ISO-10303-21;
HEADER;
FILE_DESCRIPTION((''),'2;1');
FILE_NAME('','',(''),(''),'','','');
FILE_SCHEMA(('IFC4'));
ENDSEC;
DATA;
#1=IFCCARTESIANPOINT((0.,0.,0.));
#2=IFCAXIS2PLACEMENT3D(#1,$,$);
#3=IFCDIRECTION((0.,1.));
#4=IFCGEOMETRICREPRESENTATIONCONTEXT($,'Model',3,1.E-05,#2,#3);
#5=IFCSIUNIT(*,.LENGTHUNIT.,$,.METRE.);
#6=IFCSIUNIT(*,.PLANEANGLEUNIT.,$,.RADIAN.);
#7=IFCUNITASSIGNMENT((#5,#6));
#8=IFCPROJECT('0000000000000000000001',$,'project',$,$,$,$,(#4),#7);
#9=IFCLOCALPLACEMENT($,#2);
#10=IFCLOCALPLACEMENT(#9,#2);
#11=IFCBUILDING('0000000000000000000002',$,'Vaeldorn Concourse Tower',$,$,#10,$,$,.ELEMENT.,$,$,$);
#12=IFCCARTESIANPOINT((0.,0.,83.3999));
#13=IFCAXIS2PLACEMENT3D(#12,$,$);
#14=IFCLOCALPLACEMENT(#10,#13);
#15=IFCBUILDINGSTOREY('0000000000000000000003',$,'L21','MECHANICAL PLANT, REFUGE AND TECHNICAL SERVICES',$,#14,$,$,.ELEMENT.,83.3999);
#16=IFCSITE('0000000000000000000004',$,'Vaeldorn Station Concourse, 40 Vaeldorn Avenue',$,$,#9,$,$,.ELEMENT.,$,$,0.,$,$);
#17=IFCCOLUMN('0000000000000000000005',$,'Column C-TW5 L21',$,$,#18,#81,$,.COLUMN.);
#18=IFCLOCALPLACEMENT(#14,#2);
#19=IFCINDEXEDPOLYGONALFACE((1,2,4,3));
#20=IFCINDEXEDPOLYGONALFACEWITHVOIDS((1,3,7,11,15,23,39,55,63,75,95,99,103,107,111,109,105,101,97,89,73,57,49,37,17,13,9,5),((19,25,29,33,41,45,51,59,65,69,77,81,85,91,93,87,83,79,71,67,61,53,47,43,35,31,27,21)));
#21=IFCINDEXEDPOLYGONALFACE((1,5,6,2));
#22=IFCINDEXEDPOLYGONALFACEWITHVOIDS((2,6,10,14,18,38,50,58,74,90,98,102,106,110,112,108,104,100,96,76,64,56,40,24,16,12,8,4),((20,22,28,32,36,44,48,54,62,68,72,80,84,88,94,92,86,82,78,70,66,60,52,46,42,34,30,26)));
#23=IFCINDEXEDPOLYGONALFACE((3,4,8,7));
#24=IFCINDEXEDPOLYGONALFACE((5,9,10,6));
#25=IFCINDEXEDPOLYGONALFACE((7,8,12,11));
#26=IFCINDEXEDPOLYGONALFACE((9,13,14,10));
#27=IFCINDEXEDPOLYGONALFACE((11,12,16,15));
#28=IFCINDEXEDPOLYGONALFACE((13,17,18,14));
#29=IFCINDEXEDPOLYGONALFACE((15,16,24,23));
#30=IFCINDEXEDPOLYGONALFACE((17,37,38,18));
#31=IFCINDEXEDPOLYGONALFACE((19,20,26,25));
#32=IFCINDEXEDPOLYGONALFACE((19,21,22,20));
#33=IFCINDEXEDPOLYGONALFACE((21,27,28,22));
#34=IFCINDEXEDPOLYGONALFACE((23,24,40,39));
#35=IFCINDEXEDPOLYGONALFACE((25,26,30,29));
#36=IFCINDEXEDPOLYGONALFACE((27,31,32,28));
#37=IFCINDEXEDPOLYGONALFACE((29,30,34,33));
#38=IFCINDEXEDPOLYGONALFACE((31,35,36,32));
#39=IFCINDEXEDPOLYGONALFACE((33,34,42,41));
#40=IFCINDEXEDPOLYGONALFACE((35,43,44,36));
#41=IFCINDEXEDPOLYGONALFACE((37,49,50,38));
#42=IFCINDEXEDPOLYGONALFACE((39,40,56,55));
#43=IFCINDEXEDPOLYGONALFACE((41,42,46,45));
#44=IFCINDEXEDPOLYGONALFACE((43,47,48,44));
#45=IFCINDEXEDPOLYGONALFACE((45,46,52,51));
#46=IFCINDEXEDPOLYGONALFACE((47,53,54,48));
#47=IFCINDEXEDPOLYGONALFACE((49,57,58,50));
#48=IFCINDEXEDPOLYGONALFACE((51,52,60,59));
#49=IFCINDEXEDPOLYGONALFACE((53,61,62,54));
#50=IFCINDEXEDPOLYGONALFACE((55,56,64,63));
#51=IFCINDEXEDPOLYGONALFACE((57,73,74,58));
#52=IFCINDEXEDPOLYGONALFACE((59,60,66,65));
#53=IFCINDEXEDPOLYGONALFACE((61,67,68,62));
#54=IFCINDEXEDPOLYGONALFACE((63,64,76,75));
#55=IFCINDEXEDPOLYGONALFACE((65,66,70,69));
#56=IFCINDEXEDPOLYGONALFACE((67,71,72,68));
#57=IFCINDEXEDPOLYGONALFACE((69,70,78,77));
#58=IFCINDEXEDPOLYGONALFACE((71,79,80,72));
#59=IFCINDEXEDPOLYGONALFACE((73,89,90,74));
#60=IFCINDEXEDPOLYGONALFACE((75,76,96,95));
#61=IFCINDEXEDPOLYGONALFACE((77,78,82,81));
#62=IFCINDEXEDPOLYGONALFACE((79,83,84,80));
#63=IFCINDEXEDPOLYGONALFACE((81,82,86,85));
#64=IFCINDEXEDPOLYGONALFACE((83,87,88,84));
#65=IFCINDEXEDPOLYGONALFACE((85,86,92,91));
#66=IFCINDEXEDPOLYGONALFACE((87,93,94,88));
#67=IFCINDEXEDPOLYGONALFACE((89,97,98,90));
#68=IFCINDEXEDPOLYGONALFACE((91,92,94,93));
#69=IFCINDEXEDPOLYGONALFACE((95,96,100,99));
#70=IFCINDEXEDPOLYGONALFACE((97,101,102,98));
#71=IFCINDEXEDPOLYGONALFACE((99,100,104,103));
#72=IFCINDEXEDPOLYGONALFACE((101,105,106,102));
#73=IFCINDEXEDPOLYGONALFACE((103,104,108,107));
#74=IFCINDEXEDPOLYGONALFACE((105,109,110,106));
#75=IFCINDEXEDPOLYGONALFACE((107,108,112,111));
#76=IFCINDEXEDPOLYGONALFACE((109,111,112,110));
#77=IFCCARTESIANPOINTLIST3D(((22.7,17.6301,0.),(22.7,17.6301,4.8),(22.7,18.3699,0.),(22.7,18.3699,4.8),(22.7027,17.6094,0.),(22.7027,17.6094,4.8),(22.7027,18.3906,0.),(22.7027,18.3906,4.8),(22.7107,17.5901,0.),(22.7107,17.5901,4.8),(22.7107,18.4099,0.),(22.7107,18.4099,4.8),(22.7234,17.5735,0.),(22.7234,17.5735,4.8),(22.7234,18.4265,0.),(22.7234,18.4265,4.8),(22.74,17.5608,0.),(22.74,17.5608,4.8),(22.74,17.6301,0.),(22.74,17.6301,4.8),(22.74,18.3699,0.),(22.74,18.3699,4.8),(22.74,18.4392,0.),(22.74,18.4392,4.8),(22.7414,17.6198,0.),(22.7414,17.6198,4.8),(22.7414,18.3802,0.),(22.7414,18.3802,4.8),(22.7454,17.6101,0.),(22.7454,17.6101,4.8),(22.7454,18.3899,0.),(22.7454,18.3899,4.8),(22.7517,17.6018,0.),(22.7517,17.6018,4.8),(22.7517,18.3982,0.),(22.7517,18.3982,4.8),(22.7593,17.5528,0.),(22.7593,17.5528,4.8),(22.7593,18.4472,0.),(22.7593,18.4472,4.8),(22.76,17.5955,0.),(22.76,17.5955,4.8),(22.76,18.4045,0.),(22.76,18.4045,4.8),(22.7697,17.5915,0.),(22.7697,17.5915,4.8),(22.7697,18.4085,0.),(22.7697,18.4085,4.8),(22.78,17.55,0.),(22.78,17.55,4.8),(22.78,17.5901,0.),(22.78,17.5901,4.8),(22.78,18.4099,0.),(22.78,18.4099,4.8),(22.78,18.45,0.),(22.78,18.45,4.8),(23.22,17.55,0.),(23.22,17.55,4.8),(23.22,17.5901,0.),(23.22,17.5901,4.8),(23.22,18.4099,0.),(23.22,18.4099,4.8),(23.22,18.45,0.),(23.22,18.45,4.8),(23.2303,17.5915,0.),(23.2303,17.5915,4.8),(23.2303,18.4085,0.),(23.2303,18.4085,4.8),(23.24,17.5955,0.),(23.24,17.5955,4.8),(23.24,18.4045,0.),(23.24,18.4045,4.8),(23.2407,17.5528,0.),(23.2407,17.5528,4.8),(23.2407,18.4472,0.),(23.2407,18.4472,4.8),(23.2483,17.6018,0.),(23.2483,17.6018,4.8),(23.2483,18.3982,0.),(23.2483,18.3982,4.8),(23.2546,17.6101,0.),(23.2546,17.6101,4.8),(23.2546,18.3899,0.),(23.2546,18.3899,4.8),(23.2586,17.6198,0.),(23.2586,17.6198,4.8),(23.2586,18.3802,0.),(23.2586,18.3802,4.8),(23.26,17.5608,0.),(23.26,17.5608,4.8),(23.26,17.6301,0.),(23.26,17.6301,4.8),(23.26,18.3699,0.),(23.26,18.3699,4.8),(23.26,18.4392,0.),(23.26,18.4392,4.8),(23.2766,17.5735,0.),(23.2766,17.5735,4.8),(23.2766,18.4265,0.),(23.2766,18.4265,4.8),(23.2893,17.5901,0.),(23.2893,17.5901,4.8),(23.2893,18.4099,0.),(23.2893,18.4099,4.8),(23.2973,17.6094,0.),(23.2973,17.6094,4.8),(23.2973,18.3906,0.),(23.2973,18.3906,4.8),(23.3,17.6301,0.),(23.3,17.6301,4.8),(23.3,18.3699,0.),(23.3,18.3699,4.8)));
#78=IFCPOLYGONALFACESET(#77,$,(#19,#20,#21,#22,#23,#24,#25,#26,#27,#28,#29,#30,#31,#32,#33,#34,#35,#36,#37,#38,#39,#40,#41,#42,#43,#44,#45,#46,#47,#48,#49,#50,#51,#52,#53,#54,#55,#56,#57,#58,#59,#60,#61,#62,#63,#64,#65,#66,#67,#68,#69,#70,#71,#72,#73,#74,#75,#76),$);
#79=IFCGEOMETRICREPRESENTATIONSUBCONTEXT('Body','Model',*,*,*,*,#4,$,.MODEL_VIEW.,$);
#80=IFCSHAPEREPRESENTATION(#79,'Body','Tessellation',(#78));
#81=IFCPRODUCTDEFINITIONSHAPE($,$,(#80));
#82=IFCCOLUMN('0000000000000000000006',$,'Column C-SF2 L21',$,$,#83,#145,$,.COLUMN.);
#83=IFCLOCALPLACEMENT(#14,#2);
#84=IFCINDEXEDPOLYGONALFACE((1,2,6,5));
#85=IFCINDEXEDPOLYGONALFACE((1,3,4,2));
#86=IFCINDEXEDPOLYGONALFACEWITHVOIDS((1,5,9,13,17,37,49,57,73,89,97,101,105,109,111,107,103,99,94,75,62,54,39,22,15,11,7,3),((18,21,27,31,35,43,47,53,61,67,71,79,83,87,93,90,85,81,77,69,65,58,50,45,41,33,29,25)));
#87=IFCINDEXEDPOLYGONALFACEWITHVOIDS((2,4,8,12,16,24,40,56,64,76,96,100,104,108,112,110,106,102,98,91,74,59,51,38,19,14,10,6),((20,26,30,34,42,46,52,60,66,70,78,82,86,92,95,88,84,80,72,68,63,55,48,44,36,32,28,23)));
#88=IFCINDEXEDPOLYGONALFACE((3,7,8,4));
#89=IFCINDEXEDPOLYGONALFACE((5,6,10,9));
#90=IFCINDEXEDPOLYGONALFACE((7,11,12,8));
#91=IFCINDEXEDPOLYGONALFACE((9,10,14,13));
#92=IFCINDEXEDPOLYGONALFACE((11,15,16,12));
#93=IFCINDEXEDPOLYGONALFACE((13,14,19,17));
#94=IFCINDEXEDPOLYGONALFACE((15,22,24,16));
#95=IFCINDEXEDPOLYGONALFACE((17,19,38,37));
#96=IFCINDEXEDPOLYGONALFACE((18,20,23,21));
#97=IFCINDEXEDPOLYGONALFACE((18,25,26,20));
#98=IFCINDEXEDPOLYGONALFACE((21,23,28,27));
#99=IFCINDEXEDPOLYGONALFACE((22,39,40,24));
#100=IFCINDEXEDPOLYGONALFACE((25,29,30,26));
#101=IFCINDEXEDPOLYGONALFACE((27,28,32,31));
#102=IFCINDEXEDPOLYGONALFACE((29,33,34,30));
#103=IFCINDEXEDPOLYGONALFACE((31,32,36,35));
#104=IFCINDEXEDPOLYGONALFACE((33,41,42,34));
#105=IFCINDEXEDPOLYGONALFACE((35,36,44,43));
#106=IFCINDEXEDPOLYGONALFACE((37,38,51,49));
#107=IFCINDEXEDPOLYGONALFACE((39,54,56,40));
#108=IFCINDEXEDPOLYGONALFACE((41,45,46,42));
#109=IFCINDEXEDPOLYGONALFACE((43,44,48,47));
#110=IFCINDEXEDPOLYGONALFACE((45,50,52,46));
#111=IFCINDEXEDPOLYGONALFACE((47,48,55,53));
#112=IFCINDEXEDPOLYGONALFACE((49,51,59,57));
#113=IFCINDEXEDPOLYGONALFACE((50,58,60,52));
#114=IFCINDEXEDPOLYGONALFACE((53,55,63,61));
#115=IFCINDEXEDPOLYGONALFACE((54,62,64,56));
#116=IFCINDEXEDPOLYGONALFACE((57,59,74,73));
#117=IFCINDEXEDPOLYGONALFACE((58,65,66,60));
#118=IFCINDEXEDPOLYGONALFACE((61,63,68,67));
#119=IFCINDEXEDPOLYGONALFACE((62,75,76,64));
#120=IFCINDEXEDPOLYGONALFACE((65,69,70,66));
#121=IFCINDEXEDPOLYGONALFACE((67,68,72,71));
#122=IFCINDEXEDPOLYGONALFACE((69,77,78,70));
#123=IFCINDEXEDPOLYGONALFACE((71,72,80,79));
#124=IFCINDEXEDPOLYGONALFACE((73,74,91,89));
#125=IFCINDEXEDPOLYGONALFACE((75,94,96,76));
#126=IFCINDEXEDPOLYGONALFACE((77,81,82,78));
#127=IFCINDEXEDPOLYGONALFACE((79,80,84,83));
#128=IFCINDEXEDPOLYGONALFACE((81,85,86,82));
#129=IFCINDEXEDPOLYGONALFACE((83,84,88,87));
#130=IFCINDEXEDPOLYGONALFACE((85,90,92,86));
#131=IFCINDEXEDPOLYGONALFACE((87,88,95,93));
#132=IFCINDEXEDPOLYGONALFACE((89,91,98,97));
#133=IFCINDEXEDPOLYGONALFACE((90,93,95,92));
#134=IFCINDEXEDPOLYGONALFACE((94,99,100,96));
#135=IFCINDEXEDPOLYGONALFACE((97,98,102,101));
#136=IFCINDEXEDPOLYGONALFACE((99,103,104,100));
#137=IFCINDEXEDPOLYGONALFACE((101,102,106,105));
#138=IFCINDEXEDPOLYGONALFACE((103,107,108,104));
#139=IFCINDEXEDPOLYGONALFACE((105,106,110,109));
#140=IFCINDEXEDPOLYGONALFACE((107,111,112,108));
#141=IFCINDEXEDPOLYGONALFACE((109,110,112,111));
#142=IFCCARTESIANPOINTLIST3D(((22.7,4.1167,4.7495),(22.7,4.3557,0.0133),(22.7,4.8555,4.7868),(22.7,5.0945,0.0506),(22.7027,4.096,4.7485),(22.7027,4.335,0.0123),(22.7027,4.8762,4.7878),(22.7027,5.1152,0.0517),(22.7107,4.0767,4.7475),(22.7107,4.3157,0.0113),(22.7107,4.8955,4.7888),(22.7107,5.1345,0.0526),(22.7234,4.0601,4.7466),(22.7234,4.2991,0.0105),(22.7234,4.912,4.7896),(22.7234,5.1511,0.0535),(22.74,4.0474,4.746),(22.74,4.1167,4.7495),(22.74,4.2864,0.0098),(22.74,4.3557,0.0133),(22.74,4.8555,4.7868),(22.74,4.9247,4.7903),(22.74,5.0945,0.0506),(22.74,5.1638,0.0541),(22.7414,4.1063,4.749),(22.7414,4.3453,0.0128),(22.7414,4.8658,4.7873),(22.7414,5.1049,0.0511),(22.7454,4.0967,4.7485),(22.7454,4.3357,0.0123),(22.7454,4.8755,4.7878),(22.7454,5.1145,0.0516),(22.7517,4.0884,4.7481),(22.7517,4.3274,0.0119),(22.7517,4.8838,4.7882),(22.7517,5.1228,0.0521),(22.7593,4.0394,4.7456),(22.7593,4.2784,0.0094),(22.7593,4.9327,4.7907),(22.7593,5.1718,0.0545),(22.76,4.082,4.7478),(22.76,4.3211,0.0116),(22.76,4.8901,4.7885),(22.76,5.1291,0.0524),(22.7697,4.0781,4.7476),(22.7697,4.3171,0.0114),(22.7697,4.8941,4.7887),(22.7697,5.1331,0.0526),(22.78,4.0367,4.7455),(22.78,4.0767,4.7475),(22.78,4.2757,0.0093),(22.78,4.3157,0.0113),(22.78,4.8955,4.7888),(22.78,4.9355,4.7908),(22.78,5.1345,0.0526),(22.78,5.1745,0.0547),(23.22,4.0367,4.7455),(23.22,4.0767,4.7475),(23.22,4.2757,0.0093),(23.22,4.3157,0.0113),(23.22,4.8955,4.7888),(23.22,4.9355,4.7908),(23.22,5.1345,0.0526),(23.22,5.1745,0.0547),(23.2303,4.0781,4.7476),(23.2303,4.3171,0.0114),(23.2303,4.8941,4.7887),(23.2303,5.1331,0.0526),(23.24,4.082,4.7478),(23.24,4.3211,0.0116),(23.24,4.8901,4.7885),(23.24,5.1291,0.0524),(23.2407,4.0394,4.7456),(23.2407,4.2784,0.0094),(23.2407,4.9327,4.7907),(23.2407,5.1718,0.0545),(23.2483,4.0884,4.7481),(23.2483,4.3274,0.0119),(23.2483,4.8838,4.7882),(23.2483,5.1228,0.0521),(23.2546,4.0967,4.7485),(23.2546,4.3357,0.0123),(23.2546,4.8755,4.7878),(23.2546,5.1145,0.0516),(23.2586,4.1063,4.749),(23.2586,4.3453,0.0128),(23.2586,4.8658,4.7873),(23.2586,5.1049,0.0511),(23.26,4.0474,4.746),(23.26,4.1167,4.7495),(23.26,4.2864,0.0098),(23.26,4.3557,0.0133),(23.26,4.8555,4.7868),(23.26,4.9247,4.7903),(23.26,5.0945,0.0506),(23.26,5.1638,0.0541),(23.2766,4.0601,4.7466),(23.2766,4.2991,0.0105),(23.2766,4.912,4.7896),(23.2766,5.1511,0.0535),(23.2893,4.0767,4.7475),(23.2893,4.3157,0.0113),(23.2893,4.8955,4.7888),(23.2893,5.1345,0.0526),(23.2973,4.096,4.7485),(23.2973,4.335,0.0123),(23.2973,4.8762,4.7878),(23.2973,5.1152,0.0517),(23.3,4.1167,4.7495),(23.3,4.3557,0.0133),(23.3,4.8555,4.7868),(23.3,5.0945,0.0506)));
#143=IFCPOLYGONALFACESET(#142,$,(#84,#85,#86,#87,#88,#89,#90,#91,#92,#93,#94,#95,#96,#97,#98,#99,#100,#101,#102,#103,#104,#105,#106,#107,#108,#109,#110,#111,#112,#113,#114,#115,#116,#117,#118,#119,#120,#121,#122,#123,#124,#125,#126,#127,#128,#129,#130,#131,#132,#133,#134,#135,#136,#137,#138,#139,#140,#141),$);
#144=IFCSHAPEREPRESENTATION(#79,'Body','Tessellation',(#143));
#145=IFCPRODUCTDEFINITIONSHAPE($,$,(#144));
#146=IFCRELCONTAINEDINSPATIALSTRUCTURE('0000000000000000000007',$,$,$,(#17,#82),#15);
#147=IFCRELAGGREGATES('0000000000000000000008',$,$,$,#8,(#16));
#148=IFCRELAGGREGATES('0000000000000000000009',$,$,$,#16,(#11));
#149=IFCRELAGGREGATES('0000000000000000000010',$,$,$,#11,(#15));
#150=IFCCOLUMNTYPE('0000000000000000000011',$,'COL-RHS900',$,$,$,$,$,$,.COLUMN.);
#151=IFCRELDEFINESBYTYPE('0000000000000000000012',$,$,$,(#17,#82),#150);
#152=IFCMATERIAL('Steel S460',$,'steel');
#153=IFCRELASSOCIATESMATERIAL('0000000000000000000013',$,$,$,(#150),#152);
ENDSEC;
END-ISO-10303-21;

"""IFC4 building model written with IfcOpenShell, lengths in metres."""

from ifc_helpers import new_model, si_unit, direction, frame, origin, origin_2d, place, context, subcontext, project, spatial, hollow_rectangle, extrude, source, transform, mapped, material, material_profile, profile_set, type_object, element, save


model = new_model("IFC4")

# Units and contexts
model_context = context("Model", 3, precision=1e-05, world=origin(), true_north=direction((0.0, 1.0)))
body_context = subcontext(model_context, "Body", "Model", "MODEL_VIEW")
ifc_project = project(units=[si_unit("LENGTHUNIT", "METRE"), si_unit("PLANEANGLEUNIT", "RADIAN")], contexts=[model_context])

# Site, building, storey
site_placement = place(None, origin())
site = spatial("IfcSite", under=ifc_project, at=site_placement, Name="Vaeldorn Station Concourse, 40 Vaeldorn Avenue", CompositionType="ELEMENT", RefElevation=0.0)
building_placement = place(site_placement, origin())
building = spatial("IfcBuilding", under=site, at=building_placement, Name="Vaeldorn Concourse Tower", CompositionType="ELEMENT")
storey_placement = place(building_placement, frame((0.0, 0.0, 83.3999)))
storey = spatial("IfcBuildingStorey", under=building, at=storey_placement, Name="L21", Description="MECHANICAL PLANT, REFUGE AND TECHNICAL SERVICES", CompositionType="ELEMENT", Elevation=83.3999)

# Columns
ifc_material_1 = material(Name="Steel S460", Category="steel")
ifc_material_profile_1 = material_profile(ifc_material_1, hollow_rectangle(XDim=0.6001, YDim=0.8999, WallThickness=0.04, InnerFilletRadius=0.04, OuterFilletRadius=0.0801, at=origin_2d()), Name="RHS 900x600x40")
ifc_profile_set_1 = profile_set([ifc_material_profile_1], Name="Steel S460")
column_type = type_object("IfcColumnType", Name="COL-RHS900", PredefinedType="COLUMN", material=ifc_profile_set_1)
shared_shape_1 = source(origin(), body_context, "Body", "SweptSolid", [
    extrude(hollow_rectangle(XDim=0.6001, YDim=0.8999, WallThickness=0.04, InnerFilletRadius=0.04, OuterFilletRadius=0.0801, at=origin_2d()), origin(), (0.0, 0.0, 1.0), 4.8),
])
column_placement = place(storey_placement, frame((23.0, 18.0, 0.0), z_axis=(0.0, 0.0, 1.0), x_axis=(1.0, 0.0, 0.0)))
element("IfcColumn", 1, at=column_placement, inside=storey, type_object=column_type, Name="Column C-TW5 L21", PredefinedType="COLUMN", context=body_context, shape_type="MappedRepresentation", body=[
    mapped(shared_shape_1, transform((0.0, 0.0, 0.0), scale=1.0)),
])
shared_shape_2 = source(origin(), body_context, "Body", "SweptSolid", [
    extrude(hollow_rectangle(XDim=0.6001, YDim=0.8999, WallThickness=0.04, InnerFilletRadius=0.04, OuterFilletRadius=0.0801, at=origin_2d()), origin(), (0.0, 0.0, 1.0), 4.7422),
])
for number, where, z_axis, x_axis, name in (
    (2, (23.0, 4.7251, 0.032), (0.0, -0.050402, 0.998729), (1.0, 0.0, 0.0), "Column C-SF2 L21"),
):
    element("IfcColumn", number, at=place(storey_placement, frame(where, z_axis=z_axis, x_axis=x_axis)), inside=storey, type_object=column_type, Name=name, PredefinedType="COLUMN", context=body_context, shape_type="MappedRepresentation", body=[
        mapped(shared_shape_2, transform((0.0, 0.0, 0.0), scale=1.0)),
    ])

save(model, "model.ifc")
